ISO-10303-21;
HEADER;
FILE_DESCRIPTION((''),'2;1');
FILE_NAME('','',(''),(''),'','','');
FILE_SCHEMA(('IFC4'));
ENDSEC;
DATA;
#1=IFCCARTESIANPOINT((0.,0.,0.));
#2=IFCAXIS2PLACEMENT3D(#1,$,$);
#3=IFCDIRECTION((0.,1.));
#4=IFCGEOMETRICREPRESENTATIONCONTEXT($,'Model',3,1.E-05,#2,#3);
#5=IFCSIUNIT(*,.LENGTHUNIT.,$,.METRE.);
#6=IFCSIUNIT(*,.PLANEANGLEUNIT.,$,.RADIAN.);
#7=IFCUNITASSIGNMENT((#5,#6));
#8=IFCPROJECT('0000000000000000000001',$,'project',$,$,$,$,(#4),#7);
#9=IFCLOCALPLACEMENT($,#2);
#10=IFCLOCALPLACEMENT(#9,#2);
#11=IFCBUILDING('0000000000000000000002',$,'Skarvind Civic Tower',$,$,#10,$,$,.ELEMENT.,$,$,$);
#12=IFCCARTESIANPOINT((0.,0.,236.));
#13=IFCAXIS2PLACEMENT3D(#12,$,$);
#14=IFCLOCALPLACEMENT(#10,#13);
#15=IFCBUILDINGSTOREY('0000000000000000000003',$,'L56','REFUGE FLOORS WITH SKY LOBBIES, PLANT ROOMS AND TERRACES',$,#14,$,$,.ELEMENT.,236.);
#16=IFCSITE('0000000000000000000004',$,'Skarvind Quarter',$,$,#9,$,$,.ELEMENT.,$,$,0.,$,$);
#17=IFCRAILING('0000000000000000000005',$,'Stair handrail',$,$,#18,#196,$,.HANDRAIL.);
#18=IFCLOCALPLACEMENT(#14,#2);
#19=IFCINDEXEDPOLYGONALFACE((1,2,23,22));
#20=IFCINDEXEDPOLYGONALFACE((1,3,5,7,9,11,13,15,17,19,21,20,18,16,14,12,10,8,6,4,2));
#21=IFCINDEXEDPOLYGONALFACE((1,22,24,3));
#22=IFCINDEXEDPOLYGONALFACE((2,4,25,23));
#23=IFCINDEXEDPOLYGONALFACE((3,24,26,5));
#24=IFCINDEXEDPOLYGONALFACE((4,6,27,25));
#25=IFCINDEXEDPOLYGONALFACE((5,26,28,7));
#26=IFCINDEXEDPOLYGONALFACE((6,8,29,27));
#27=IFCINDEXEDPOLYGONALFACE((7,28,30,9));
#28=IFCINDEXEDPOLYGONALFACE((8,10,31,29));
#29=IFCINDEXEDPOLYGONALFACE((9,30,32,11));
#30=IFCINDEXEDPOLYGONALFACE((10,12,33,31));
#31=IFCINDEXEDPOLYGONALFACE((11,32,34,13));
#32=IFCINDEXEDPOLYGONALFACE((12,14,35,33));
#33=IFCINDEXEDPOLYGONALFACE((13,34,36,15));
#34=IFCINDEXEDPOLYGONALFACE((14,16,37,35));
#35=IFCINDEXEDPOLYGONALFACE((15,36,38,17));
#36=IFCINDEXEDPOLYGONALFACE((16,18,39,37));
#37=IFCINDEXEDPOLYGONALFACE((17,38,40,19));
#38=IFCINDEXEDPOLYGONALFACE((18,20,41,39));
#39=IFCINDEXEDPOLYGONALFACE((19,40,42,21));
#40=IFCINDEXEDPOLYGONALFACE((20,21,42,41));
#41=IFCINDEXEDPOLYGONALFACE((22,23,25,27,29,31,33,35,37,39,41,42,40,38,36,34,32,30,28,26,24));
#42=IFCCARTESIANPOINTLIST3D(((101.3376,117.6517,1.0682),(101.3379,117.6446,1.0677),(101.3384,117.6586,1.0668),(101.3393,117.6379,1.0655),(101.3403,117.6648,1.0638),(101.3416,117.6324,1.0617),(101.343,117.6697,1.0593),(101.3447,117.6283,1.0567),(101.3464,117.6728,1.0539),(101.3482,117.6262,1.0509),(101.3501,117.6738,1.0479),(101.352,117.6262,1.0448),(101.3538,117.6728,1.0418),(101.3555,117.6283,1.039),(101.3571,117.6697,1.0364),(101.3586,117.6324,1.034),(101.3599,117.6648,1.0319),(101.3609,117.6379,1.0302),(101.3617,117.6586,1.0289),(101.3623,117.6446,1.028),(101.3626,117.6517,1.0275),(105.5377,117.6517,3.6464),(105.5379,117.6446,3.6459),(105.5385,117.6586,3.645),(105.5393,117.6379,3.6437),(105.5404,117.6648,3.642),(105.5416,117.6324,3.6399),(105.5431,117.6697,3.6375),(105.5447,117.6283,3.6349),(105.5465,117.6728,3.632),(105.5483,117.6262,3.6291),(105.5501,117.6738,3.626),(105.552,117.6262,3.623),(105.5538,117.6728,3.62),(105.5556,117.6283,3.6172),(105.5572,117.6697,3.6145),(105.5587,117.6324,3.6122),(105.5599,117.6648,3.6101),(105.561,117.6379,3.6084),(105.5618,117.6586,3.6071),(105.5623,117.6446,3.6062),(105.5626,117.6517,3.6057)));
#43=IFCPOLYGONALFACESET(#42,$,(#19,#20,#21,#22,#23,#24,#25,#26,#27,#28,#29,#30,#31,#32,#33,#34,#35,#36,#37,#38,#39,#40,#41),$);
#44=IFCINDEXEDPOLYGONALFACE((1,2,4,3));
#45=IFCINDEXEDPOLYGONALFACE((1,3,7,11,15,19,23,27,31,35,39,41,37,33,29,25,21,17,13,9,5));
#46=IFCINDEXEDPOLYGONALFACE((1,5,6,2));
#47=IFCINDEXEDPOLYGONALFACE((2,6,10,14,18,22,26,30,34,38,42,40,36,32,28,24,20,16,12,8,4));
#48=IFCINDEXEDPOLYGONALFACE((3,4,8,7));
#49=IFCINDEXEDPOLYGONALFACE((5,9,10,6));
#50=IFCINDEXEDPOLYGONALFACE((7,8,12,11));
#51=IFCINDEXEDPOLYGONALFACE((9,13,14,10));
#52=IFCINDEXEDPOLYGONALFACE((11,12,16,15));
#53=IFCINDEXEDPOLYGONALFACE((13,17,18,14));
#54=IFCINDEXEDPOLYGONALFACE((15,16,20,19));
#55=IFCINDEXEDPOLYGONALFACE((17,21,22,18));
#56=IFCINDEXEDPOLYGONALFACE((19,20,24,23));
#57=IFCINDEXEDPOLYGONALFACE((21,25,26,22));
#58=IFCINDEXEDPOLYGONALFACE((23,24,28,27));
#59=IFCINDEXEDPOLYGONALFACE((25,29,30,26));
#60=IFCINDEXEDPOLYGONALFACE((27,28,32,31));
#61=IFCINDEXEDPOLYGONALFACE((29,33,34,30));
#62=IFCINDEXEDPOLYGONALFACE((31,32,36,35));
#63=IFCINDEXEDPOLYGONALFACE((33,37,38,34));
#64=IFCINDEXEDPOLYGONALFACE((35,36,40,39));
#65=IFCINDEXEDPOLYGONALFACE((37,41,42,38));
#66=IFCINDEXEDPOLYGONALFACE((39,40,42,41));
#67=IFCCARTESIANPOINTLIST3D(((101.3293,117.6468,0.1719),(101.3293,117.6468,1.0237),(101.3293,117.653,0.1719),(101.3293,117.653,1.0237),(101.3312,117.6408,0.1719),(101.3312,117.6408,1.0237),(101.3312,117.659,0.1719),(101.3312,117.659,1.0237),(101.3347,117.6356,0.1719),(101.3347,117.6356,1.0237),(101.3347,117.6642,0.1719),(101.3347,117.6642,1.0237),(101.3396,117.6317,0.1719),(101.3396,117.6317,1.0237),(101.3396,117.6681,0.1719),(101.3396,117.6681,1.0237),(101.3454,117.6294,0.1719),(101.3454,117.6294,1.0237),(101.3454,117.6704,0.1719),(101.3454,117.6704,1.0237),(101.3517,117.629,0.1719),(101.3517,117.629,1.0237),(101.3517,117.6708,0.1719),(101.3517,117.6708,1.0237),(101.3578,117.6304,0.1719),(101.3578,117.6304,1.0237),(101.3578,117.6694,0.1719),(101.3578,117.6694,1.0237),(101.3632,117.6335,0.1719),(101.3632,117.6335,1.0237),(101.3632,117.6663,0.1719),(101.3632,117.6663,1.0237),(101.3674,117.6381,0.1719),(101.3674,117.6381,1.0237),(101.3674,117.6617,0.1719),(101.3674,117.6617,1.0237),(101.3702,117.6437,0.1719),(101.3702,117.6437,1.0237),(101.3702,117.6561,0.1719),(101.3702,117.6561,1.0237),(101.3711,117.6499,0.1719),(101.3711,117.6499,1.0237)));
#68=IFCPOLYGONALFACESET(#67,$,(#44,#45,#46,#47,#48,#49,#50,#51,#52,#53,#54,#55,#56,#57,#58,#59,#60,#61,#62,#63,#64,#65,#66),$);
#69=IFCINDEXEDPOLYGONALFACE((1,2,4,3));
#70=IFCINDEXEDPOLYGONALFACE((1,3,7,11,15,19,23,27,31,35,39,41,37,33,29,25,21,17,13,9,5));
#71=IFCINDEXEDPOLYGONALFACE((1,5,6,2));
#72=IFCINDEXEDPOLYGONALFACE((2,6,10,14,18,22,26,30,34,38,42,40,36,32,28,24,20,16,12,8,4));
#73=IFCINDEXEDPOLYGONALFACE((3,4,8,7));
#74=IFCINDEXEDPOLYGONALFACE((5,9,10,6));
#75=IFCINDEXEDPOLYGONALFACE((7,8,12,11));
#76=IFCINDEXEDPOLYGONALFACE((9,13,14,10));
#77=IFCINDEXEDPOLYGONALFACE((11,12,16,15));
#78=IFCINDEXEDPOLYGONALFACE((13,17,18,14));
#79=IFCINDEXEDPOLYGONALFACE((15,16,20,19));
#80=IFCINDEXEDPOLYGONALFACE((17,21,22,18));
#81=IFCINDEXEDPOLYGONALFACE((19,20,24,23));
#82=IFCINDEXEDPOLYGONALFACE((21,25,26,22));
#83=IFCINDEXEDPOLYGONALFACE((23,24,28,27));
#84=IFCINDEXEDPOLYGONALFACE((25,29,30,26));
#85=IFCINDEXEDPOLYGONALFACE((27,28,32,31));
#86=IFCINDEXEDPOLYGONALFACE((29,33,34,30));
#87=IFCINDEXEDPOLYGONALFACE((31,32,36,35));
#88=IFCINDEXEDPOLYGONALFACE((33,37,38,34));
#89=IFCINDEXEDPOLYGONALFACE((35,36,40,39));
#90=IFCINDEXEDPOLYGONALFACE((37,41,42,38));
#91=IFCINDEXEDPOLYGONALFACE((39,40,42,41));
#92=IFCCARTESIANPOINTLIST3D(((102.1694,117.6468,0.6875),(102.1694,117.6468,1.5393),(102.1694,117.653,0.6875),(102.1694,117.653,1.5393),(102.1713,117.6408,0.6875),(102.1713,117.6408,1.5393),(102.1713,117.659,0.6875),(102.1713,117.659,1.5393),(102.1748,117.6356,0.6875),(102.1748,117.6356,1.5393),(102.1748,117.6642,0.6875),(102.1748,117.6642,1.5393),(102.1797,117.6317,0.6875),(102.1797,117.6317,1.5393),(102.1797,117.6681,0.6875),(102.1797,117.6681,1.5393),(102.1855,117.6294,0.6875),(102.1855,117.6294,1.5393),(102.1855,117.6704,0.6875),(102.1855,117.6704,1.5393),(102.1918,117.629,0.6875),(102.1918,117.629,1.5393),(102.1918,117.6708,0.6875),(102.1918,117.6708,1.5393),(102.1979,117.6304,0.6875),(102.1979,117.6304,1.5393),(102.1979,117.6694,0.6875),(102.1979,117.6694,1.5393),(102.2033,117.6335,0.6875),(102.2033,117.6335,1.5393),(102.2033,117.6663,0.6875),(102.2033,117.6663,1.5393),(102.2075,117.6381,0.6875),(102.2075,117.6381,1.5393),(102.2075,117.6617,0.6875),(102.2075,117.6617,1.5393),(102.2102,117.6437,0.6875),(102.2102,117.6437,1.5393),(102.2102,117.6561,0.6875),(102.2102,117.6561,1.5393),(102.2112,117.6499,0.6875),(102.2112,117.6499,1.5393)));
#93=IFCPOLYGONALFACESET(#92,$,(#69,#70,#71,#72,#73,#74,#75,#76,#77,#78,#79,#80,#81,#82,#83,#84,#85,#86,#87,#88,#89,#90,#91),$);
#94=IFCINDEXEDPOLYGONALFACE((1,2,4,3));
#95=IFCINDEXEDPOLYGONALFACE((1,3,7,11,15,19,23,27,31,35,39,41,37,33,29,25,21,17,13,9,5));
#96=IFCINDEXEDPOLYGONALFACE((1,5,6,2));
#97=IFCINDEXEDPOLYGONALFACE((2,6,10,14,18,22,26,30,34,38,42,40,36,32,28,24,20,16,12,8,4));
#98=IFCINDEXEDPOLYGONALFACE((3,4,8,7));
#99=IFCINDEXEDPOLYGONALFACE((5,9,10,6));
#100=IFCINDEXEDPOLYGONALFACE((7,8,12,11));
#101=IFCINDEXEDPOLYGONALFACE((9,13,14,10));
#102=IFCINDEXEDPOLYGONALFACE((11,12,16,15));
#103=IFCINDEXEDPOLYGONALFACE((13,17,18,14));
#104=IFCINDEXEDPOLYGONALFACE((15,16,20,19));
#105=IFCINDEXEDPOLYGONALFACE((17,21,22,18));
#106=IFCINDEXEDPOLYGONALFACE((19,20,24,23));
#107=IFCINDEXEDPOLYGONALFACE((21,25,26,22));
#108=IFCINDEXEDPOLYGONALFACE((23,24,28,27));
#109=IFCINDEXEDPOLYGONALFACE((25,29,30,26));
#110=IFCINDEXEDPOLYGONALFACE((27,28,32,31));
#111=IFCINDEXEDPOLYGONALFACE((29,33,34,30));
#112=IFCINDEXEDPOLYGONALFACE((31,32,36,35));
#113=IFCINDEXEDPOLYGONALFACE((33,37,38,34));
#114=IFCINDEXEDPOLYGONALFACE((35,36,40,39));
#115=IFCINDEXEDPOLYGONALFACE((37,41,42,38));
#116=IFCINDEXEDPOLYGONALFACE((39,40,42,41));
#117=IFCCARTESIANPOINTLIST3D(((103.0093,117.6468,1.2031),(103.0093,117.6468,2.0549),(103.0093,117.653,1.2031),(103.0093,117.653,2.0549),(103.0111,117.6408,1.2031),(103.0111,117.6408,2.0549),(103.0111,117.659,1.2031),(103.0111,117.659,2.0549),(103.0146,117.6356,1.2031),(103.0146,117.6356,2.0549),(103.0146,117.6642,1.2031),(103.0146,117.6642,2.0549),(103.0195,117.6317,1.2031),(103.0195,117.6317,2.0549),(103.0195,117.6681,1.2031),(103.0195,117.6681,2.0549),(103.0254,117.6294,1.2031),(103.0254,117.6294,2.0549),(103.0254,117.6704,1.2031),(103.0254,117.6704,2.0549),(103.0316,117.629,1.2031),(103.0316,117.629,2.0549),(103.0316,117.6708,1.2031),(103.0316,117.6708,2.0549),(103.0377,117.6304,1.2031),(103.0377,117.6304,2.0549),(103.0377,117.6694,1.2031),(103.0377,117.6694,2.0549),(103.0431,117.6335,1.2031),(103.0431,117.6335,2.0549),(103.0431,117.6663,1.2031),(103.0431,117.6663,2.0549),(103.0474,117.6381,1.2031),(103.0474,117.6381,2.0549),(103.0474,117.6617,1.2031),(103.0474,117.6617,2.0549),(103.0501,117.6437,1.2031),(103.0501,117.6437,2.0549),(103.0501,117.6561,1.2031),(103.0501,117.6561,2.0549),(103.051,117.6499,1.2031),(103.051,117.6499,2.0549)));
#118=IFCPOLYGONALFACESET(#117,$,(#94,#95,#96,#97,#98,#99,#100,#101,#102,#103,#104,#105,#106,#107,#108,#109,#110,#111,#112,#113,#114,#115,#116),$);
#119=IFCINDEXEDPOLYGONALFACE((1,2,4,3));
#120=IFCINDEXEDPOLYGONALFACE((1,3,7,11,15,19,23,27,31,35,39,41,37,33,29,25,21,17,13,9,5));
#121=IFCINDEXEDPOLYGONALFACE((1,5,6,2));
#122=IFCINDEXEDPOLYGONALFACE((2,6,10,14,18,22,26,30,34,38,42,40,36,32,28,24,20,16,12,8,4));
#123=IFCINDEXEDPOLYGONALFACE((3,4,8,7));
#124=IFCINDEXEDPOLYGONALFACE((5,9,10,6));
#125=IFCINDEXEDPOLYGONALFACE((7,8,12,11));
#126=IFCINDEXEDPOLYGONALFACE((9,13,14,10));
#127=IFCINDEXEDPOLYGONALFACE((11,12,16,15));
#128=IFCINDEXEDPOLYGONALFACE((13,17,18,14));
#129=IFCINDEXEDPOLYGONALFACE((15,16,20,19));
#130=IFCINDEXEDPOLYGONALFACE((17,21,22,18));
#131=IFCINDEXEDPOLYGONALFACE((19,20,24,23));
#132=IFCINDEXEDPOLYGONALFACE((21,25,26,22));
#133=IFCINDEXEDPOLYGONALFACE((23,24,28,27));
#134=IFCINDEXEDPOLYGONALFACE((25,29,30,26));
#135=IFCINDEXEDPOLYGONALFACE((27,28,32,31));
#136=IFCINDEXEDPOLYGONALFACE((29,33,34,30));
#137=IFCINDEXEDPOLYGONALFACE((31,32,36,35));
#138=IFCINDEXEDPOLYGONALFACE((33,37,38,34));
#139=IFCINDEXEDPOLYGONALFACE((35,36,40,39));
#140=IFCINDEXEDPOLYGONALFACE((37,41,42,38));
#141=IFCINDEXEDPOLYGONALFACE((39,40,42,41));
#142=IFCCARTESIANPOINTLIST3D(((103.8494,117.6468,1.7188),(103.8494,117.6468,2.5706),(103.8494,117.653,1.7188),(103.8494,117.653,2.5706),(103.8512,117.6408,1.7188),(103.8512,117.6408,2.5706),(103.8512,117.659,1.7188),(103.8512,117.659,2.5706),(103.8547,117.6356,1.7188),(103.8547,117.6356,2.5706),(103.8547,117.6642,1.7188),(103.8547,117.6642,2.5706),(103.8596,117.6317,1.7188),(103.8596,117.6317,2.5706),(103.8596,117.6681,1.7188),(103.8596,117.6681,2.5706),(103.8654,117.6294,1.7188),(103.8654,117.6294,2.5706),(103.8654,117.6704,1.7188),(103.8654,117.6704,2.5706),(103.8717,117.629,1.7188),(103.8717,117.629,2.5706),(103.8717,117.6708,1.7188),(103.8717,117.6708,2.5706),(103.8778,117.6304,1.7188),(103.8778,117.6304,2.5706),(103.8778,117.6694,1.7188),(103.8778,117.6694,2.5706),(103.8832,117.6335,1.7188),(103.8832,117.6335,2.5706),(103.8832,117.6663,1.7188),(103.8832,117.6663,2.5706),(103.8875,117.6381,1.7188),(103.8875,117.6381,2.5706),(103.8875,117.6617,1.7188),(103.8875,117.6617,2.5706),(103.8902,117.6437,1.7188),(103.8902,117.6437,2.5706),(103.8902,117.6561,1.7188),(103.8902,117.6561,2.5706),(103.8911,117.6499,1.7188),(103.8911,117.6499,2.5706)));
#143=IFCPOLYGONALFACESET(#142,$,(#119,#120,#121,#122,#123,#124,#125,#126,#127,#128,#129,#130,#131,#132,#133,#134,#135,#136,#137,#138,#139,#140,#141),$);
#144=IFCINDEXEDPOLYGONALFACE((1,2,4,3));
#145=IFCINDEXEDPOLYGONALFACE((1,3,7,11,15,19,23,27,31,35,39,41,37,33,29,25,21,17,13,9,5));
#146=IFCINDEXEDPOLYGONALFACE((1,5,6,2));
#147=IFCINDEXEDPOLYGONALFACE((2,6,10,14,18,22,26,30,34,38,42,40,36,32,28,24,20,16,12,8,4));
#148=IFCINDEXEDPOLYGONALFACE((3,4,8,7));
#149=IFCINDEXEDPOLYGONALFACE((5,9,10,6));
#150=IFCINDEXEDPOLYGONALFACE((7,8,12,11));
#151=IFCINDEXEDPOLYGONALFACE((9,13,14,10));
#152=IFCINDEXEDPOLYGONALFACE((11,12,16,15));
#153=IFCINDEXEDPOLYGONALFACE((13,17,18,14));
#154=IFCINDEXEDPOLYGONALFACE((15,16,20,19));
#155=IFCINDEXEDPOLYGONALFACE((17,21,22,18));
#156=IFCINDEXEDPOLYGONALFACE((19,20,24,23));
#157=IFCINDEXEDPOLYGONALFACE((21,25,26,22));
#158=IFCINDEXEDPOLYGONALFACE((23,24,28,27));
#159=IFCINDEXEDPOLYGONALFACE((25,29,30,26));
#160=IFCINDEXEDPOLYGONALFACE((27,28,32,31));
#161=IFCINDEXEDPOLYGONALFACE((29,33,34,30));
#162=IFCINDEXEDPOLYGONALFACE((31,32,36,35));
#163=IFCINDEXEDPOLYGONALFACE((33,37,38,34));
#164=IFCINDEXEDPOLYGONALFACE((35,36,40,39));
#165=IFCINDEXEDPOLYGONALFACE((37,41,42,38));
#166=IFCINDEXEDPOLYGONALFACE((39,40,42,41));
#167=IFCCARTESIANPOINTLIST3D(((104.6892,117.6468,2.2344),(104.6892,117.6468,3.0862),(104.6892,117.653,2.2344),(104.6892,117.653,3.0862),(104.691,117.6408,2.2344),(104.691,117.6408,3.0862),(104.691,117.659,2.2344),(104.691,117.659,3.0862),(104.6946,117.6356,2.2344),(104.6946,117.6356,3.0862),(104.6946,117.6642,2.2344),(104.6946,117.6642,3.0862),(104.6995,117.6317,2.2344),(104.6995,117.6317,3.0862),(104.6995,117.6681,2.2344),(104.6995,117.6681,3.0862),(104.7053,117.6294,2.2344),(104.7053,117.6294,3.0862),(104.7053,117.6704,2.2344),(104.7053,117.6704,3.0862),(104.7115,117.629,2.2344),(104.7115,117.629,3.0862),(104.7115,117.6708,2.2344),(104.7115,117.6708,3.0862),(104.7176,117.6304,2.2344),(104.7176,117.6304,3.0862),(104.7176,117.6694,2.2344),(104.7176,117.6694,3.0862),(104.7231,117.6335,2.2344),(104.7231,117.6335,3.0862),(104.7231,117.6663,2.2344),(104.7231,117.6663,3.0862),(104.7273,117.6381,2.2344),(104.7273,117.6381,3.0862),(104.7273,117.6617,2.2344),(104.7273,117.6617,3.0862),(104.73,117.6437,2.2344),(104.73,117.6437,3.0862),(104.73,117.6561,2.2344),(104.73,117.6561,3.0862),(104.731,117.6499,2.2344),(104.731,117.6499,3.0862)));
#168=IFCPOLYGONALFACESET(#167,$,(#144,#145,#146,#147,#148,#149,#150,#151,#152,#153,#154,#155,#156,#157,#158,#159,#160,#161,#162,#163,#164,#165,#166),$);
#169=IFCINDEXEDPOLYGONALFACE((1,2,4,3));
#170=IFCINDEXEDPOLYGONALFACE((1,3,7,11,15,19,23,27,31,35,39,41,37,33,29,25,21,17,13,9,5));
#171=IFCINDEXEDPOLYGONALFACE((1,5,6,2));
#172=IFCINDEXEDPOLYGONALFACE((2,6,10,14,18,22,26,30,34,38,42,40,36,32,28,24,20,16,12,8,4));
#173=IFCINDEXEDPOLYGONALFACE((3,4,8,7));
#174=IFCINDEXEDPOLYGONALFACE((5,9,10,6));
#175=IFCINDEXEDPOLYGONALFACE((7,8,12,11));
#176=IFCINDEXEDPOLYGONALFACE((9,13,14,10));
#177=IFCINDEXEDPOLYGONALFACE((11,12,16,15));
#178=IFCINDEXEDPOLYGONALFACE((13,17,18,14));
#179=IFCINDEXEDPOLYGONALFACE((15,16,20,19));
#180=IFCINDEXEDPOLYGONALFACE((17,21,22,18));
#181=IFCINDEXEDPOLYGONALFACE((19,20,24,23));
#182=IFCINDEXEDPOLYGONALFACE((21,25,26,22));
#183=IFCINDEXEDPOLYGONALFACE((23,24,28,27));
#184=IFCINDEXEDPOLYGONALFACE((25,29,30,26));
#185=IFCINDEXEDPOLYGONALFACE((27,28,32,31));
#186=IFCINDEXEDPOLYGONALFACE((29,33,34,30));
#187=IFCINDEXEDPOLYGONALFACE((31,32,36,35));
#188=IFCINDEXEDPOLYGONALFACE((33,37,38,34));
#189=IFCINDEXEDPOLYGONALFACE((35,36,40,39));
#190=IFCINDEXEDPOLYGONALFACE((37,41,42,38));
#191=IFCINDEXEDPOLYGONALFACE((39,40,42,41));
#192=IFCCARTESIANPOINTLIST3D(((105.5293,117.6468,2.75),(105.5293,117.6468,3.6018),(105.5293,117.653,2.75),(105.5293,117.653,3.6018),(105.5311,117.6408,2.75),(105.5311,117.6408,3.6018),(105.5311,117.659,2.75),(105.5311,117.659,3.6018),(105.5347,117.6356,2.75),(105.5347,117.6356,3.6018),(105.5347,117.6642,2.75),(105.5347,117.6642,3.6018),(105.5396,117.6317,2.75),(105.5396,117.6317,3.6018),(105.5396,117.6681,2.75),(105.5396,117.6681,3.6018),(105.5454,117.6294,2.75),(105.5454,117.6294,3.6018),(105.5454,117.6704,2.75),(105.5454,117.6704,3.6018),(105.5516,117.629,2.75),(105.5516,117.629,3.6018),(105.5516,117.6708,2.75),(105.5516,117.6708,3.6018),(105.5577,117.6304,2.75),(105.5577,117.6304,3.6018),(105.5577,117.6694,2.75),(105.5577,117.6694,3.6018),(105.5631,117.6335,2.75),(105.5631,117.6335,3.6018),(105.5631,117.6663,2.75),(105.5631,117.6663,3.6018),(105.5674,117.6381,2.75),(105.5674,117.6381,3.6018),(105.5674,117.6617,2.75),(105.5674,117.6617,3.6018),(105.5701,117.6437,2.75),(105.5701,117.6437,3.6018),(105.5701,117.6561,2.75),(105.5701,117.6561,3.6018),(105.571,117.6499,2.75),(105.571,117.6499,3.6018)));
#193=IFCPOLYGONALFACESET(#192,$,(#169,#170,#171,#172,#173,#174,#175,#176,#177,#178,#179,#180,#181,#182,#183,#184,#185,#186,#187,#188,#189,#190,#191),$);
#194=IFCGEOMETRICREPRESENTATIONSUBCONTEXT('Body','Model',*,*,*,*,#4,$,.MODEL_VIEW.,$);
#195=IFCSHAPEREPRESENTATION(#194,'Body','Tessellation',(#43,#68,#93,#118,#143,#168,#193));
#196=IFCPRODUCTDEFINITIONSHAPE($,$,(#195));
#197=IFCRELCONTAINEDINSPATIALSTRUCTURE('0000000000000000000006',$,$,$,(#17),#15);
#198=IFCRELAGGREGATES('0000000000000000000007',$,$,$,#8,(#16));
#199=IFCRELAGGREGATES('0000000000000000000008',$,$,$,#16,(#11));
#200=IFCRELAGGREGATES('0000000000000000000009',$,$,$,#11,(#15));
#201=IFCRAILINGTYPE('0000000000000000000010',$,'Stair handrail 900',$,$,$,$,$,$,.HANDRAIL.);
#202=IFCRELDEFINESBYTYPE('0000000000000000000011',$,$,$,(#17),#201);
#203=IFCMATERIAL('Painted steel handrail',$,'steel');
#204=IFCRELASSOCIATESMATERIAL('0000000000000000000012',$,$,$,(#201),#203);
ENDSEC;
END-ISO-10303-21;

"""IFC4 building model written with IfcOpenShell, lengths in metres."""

from ifc_helpers import new_model, si_unit, direction, frame, origin, origin_2d, place, context, subcontext, project, spatial, circle, extrude, material, type_object, element, save


model = new_model("IFC4")

# Units and contexts
model_context = context("Model", 3, precision=1e-05, world=origin(), true_north=direction((0.0, 1.0)))
body_context = subcontext(model_context, "Body", "Model", "MODEL_VIEW")
ifc_project = project(units=[si_unit("LENGTHUNIT", "METRE"), si_unit("PLANEANGLEUNIT", "RADIAN")], contexts=[model_context])

# Site, building, storey
site_placement = place(None, origin())
site = spatial("IfcSite", under=ifc_project, at=site_placement, Name="Skarvind Quarter", CompositionType="ELEMENT", RefElevation=0.0)
building_placement = place(site_placement, origin())
building = spatial("IfcBuilding", under=site, at=building_placement, Name="Skarvind Civic Tower", CompositionType="ELEMENT")
storey_placement = place(building_placement, frame((0.0, 0.0, 236.0)))
storey = spatial("IfcBuildingStorey", under=building, at=storey_placement, Name="L56", Description="REFUGE FLOORS WITH SKY LOBBIES, PLANT ROOMS AND TERRACES", CompositionType="ELEMENT", Elevation=236.0)

# Railing
ifc_material_1 = material(Name="Painted steel handrail", Category="steel")
railing_type = type_object("IfcRailingType", Name="Stair handrail 900", PredefinedType="HANDRAIL", material=ifc_material_1)
railing_1_placement = place(storey_placement, frame((101.3501, 117.6499, 0.1719)))
element("IfcRailing", 1, at=railing_1_placement, inside=storey, type_object=railing_type, Name="Stair handrail", PredefinedType="HANDRAIL", context=body_context, shape_type="SweptSolid", body=[
    extrude(circle(Radius=0.0239, at=origin_2d()), frame((0.0, 0.0, 0.876), z_axis=(0.852243, 0.0, 0.523146), x_axis=(0.0, 1.0, 0.0)), (0.0, 0.0, 1.0), 4.9282),
    extrude(circle(Radius=0.021, at=origin_2d()), origin(), (0.0, 0.0, 1.0), 0.8518),
    extrude(circle(Radius=0.021, at=origin_2d()), frame((0.8401, 0.0, 0.5156)), (0.0, 0.0, 1.0), 0.8518),
    extrude(circle(Radius=0.021, at=origin_2d()), frame((1.6799, 0.0, 1.0312)), (0.0, 0.0, 1.0), 0.8518),
    extrude(circle(Radius=0.021, at=origin_2d()), frame((2.52, 0.0, 1.5469)), (0.0, 0.0, 1.0), 0.8518),
    extrude(circle(Radius=0.021, at=origin_2d()), frame((3.3599, 0.0, 2.0625)), (0.0, 0.0, 1.0), 0.8518),
    extrude(circle(Radius=0.021, at=origin_2d()), frame((4.2, 0.0, 2.5781)), (0.0, 0.0, 1.0), 0.8518),
])

save(model, "model.ifc")
